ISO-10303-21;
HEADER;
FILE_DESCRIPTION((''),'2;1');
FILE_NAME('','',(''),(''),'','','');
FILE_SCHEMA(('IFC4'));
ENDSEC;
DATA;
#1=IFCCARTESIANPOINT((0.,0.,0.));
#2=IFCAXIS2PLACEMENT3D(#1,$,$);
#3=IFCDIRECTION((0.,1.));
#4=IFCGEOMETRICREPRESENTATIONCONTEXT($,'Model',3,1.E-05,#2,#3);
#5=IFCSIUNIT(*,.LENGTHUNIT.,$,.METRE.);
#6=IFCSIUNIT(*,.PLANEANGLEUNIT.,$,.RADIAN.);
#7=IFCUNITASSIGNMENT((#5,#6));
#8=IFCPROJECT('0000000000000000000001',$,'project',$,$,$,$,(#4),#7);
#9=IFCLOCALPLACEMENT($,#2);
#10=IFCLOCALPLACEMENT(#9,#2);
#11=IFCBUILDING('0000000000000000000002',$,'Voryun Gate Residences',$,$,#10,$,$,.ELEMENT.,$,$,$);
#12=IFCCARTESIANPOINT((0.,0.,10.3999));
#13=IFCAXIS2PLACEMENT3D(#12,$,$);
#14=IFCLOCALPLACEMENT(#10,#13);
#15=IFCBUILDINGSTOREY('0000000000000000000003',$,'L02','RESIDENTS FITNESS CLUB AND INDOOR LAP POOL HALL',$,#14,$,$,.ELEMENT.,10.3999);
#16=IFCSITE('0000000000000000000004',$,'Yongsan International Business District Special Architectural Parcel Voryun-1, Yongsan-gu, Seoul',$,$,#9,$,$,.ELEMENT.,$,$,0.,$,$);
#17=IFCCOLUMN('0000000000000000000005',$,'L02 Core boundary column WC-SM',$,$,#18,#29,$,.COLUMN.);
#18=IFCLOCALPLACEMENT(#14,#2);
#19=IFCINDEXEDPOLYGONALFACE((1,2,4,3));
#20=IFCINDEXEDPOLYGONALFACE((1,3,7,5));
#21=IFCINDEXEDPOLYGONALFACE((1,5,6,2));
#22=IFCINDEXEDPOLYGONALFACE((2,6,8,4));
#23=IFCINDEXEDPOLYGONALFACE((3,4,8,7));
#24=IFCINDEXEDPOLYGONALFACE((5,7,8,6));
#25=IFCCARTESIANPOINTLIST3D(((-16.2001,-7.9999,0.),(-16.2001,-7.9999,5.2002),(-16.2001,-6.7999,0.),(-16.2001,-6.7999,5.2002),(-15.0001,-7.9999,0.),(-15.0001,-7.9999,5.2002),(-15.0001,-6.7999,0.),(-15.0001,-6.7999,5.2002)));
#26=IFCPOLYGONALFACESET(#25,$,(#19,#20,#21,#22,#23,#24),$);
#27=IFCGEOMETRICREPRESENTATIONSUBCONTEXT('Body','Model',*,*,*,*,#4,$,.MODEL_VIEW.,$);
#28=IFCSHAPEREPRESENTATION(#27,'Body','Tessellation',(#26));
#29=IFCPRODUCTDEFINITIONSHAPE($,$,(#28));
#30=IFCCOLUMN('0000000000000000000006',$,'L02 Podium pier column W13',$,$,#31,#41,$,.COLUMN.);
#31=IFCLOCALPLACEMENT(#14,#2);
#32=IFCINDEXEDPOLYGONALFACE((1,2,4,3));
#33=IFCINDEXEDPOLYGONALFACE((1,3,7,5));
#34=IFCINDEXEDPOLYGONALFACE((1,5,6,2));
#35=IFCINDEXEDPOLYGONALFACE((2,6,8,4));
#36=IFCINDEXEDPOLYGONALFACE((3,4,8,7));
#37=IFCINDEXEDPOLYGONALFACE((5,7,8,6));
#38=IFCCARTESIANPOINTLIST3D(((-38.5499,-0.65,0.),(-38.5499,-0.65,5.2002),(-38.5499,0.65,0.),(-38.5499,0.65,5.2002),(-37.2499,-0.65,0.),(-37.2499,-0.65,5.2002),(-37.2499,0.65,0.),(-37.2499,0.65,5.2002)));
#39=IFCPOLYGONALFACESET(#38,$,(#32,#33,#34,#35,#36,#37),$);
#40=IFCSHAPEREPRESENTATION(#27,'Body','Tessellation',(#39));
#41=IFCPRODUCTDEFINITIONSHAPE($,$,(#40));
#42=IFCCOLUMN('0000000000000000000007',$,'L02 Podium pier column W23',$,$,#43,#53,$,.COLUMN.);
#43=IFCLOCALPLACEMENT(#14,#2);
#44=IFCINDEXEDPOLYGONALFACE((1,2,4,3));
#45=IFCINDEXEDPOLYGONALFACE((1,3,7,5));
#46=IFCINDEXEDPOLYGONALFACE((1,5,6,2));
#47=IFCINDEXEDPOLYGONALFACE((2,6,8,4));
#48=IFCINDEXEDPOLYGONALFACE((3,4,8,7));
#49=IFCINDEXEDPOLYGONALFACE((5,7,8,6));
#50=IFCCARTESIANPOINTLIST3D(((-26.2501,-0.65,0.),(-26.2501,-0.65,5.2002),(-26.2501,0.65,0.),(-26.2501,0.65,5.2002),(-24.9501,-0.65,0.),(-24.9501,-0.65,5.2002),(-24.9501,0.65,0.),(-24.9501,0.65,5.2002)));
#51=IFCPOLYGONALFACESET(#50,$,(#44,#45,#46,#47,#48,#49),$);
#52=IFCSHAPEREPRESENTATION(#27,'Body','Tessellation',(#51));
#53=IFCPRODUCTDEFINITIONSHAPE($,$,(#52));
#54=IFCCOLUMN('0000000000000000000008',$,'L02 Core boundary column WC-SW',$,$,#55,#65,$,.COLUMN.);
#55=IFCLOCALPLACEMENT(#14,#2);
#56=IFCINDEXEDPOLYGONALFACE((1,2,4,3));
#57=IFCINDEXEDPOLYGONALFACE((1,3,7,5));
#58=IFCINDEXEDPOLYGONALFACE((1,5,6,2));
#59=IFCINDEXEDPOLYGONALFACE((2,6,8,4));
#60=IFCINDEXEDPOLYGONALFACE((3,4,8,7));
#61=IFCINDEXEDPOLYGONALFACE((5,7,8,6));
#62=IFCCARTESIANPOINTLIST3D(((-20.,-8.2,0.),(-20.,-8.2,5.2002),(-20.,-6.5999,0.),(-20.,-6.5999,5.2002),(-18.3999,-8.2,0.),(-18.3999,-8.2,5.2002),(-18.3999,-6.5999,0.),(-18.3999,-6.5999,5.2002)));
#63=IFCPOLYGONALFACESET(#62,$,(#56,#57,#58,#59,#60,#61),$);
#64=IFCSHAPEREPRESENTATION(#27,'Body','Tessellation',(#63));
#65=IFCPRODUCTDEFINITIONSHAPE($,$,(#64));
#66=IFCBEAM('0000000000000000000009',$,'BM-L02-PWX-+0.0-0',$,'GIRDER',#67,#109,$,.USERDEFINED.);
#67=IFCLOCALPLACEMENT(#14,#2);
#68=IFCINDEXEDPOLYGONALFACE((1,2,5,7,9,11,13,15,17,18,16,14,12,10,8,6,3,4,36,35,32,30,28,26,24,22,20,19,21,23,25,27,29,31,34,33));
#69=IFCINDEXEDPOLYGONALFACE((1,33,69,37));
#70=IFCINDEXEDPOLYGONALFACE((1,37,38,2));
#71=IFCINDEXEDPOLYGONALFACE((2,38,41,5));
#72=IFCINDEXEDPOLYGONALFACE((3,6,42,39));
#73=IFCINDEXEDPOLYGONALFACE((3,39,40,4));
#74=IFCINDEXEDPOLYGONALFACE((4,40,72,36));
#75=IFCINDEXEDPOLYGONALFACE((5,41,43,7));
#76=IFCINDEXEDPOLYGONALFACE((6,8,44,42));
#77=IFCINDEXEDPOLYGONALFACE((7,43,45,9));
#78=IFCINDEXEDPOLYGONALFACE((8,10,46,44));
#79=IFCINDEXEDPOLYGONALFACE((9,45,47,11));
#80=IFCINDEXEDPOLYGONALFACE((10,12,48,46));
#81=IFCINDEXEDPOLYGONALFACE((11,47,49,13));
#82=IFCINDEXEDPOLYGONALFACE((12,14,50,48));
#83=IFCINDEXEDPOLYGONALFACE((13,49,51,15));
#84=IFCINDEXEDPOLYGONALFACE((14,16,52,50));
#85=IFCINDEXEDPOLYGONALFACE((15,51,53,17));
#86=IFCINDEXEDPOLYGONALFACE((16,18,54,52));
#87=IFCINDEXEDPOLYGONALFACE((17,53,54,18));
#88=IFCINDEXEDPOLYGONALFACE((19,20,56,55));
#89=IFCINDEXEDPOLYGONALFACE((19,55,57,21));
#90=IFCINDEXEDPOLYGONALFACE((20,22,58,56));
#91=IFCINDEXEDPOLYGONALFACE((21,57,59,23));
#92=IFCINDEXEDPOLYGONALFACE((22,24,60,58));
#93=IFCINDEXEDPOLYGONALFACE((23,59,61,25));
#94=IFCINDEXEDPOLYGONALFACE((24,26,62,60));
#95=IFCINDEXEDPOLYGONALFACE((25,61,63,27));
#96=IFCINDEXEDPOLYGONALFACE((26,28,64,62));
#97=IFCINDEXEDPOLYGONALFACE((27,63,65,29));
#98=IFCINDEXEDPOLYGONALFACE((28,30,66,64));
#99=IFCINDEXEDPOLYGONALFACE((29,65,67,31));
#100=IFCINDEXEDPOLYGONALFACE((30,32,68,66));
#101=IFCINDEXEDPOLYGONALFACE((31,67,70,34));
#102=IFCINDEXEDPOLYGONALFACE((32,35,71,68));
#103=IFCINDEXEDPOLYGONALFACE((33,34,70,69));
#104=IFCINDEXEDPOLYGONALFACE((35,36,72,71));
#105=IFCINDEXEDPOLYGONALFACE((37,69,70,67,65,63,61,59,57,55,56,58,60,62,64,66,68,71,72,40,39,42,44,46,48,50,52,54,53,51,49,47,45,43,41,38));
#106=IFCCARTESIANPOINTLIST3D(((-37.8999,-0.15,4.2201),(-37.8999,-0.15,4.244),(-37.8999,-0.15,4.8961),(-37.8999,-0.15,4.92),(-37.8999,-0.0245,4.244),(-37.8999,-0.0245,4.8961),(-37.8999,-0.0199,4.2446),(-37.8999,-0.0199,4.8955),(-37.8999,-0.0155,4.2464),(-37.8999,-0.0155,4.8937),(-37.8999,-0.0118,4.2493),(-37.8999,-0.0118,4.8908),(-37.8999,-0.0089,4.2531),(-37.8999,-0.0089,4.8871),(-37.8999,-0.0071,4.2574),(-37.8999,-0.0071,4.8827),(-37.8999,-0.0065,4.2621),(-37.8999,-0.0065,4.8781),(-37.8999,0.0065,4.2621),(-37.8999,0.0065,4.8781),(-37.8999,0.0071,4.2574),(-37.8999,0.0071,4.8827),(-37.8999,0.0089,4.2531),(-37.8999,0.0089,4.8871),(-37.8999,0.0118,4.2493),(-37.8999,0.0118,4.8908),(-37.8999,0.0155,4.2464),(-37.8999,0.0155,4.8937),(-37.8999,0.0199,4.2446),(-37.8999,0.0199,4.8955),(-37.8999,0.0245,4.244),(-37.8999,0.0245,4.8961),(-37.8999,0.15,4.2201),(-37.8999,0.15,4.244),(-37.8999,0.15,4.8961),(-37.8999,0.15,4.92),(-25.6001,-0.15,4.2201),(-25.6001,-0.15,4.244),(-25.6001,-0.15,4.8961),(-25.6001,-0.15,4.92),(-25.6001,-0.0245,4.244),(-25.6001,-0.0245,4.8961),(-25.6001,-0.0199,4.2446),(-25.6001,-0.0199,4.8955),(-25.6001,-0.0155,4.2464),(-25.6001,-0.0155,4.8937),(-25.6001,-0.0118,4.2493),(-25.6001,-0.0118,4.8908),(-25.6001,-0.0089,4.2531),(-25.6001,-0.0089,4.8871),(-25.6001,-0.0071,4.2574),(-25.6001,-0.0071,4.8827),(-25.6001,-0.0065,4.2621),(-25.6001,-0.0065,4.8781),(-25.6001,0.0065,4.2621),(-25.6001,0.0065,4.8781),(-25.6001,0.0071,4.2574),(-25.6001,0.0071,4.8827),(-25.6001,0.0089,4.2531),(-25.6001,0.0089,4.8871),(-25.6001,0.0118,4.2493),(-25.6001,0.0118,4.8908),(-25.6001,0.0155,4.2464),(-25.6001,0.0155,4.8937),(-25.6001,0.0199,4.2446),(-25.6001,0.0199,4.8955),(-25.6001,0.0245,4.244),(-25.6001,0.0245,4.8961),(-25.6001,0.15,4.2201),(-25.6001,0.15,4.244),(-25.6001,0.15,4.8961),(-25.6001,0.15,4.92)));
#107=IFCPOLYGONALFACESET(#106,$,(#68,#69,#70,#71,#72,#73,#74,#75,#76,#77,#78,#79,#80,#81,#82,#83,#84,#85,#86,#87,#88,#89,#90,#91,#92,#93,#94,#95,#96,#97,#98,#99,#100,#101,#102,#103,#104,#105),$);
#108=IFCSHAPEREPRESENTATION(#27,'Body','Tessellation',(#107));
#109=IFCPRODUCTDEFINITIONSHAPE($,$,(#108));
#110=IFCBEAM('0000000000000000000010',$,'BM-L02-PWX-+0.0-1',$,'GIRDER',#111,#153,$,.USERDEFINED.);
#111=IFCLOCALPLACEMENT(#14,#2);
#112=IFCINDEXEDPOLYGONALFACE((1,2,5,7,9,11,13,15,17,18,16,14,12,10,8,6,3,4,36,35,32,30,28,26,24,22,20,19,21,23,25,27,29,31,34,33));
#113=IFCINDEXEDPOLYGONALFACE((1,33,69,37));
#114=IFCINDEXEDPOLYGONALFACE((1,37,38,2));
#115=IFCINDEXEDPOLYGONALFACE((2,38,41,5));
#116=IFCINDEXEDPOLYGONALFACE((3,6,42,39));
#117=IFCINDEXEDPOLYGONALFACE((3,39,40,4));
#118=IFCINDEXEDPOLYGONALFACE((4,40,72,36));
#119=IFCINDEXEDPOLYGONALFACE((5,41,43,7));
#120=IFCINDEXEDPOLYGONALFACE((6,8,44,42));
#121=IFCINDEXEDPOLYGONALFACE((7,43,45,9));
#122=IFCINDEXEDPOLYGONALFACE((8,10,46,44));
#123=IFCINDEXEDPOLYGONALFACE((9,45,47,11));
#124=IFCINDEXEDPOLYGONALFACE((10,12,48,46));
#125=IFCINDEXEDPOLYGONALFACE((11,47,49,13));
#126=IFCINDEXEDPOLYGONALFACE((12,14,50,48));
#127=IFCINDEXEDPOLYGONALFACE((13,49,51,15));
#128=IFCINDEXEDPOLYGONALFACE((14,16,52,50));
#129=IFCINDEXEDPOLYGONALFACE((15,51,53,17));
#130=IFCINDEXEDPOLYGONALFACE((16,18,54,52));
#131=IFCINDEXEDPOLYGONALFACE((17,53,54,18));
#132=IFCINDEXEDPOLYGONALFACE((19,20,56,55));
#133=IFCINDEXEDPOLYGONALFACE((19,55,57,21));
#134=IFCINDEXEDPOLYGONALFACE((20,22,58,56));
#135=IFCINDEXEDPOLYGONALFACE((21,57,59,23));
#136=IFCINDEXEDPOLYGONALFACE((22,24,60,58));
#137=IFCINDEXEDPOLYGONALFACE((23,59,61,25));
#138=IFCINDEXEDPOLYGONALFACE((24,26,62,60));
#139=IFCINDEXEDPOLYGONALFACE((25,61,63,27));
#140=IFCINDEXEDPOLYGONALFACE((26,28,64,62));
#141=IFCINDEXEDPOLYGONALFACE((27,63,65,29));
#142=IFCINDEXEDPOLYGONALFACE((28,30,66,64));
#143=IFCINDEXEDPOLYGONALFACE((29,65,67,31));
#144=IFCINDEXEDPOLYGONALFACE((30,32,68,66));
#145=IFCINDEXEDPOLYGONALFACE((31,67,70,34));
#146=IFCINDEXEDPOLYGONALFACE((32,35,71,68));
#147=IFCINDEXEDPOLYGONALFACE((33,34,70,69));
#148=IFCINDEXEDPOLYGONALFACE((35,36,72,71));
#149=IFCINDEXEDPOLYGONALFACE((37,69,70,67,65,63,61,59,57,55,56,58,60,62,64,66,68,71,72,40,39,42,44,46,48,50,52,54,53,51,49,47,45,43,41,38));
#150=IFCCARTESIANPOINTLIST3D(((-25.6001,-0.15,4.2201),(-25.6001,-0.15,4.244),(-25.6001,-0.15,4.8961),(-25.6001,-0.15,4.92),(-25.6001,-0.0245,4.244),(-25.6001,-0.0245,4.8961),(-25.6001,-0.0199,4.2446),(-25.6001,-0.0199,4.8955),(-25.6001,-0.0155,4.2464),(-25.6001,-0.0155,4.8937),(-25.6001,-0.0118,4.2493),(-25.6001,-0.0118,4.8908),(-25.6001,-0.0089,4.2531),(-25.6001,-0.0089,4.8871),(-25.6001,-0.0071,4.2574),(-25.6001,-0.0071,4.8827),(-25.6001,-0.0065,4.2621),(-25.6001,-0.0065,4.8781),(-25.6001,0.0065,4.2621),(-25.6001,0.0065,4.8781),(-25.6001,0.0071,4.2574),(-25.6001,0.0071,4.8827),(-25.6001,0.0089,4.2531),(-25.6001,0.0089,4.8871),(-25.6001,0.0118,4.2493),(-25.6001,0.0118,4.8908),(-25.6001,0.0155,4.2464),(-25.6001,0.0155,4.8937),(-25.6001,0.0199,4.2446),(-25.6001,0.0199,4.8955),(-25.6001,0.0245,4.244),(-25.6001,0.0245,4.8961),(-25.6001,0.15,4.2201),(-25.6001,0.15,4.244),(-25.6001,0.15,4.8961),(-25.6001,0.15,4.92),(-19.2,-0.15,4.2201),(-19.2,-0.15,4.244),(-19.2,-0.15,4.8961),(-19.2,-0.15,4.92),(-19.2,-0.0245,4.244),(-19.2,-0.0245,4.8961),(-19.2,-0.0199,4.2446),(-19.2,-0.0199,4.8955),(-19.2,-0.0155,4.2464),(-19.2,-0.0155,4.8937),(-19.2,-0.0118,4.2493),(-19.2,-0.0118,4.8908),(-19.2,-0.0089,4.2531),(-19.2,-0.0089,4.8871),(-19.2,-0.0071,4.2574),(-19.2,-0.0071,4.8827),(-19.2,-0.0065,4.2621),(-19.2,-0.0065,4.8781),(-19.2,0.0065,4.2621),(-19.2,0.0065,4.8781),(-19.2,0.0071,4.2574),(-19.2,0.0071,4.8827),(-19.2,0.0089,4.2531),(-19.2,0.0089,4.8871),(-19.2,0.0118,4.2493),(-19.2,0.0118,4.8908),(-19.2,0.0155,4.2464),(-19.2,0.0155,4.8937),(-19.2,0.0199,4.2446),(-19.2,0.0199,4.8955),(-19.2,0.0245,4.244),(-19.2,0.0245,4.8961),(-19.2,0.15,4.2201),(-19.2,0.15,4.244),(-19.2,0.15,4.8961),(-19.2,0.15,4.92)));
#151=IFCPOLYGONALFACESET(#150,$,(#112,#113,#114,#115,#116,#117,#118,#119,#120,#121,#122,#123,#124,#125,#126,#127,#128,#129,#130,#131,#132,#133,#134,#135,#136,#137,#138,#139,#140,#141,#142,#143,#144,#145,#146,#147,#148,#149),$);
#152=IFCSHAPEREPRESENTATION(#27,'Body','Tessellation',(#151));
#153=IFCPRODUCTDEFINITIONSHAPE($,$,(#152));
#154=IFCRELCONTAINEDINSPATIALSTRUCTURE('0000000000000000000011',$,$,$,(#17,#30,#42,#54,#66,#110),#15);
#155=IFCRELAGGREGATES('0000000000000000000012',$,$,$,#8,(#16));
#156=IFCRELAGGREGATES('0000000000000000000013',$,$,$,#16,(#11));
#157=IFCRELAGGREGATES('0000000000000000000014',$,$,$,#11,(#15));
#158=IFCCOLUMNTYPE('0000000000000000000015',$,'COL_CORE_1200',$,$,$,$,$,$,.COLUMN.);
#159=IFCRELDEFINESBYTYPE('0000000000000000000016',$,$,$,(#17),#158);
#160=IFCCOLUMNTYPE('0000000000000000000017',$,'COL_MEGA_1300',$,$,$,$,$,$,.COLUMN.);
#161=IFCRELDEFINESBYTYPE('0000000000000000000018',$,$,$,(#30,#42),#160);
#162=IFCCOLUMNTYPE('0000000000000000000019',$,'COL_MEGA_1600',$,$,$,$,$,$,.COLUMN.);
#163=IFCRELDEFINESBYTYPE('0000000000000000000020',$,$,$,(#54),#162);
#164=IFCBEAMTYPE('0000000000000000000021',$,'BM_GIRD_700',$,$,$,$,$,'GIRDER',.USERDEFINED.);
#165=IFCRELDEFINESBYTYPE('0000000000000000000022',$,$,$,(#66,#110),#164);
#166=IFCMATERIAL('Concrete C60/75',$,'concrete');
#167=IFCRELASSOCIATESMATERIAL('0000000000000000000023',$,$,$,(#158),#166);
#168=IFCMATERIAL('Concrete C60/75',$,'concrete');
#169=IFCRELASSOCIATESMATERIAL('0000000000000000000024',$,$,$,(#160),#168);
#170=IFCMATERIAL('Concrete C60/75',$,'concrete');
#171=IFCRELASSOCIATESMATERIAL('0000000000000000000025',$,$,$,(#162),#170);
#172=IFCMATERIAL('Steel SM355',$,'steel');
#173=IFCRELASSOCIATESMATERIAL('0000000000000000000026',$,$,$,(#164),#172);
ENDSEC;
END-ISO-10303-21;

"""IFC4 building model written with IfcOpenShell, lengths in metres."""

from ifc_helpers import new_model, si_unit, direction, frame, origin, origin_2d, place, context, subcontext, project, spatial, rectangle, i_section, extrude, material, material_profile, profile_set, type_object, element, save


model = new_model("IFC4")

# Units and contexts
model_context = context("Model", 3, precision=1e-05, world=origin(), true_north=direction((0.0, 1.0)))
body_context = subcontext(model_context, "Body", "Model", "MODEL_VIEW")
ifc_project = project(units=[si_unit("LENGTHUNIT", "METRE"), si_unit("PLANEANGLEUNIT", "RADIAN")], contexts=[model_context])

# Site, building, storey
site_placement = place(None, origin())
site = spatial("IfcSite", under=ifc_project, at=site_placement, Name="Yongsan International Business District Special Architectural Parcel Voryun-1, Yongsan-gu, Seoul", CompositionType="ELEMENT", RefElevation=0.0)
building_placement = place(site_placement, origin())
building = spatial("IfcBuilding", under=site, at=building_placement, Name="Voryun Gate Residences", CompositionType="ELEMENT")
storey_placement = place(building_placement, frame((0.0, 0.0, 10.3999)))
storey = spatial("IfcBuildingStorey", under=building, at=storey_placement, Name="L02", Description="RESIDENTS FITNESS CLUB AND INDOOR LAP POOL HALL", CompositionType="ELEMENT", Elevation=10.3999)

# Columns
ifc_material_1 = material(Name="Concrete C60/75", Category="concrete")
ifc_material_profile_1 = material_profile(ifc_material_1, rectangle(XDim=1.2, YDim=1.2, at=origin_2d()), Name="RC-1200x1200")
ifc_profile_set_1 = profile_set([ifc_material_profile_1], Name="Concrete C60/75")
column_type_1 = type_object("IfcColumnType", Name="COL_CORE_1200", PredefinedType="COLUMN", material=ifc_profile_set_1)
column_1_placement = place(storey_placement, frame((-15.6001, -7.3999, 0.0), z_axis=(0.0, 0.0, 1.0), x_axis=(1.0, 0.0, 0.0)))
element("IfcColumn", 1, at=column_1_placement, inside=storey, type_object=column_type_1, Name="L02 Core boundary column WC-SM", PredefinedType="COLUMN", context=body_context, shape_type="SweptSolid", body=[
    extrude(rectangle(XDim=1.2, YDim=1.2, at=origin_2d()), origin(), (0.0, 0.0, 1.0), 5.2002),
])
ifc_material_2 = material(Name="Concrete C60/75", Category="concrete")
ifc_material_profile_2 = material_profile(ifc_material_2, rectangle(XDim=1.3, YDim=1.3, at=origin_2d()), Name="RC-1300x1300")
ifc_profile_set_2 = profile_set([ifc_material_profile_2], Name="Concrete C60/75")
column_type_2 = type_object("IfcColumnType", Name="COL_MEGA_1300", PredefinedType="COLUMN", material=ifc_profile_set_2)
for number, where, z_axis, x_axis, name in (
    (2, (-37.8999, 0.0, 0.0), (0.0, 0.0, 1.0), (1.0, 0.0, 0.0), "L02 Podium pier column W13"),
    (3, (-25.6001, 0.0, 0.0), (0.0, 0.0, 1.0), (1.0, 0.0, 0.0), "L02 Podium pier column W23"),
):
    element("IfcColumn", number, at=place(storey_placement, frame(where, z_axis=z_axis, x_axis=x_axis)), inside=storey, type_object=column_type_2, Name=name, PredefinedType="COLUMN", context=body_context, shape_type="SweptSolid", body=[
        extrude(rectangle(XDim=1.3, YDim=1.3, at=origin_2d()), origin(), (0.0, 0.0, 1.0), 5.2002),
    ])
ifc_material_3 = material(Name="Concrete C60/75", Category="concrete")
ifc_material_profile_3 = material_profile(ifc_material_3, rectangle(XDim=1.6001, YDim=1.6001, at=origin_2d()), Name="RC-1600x1600")
ifc_profile_set_3 = profile_set([ifc_material_profile_3], Name="Concrete C60/75")
column_type_3 = type_object("IfcColumnType", Name="COL_MEGA_1600", PredefinedType="COLUMN", material=ifc_profile_set_3)
column_2_placement = place(storey_placement, frame((-19.2, -7.3999, 0.0), z_axis=(0.0, 0.0, 1.0), x_axis=(1.0, 0.0, 0.0)))
element("IfcColumn", 4, at=column_2_placement, inside=storey, type_object=column_type_3, Name="L02 Core boundary column WC-SW", PredefinedType="COLUMN", context=body_context, shape_type="SweptSolid", body=[
    extrude(rectangle(XDim=1.6001, YDim=1.6001, at=origin_2d()), origin(), (0.0, 0.0, 1.0), 5.2002),
])

# Beams
ifc_material_4 = material(Name="Steel SM355", Category="steel")
ifc_material_profile_4 = material_profile(ifc_material_4, i_section(OverallWidth=0.3, OverallDepth=0.7, WebThickness=0.0129, FlangeThickness=0.0239, FilletRadius=0.0181, at=origin_2d()), Name="H-700x300x13x24")
ifc_profile_set_4 = profile_set([ifc_material_profile_4], Name="Steel SM355")
beam_type = type_object("IfcBeamType", Name="BM_GIRD_700", ElementType="GIRDER", PredefinedType="USERDEFINED", material=ifc_profile_set_4)
beam_1_placement = place(storey_placement, frame((-37.8999, 0.0, 4.5701), z_axis=(1.0, 0.0, 0.0), x_axis=(0.0, 1.0, 0.0)))
element("IfcBeam", 5, at=beam_1_placement, inside=storey, type_object=beam_type, Name="BM-L02-PWX-+0.0-0", ObjectType="GIRDER", PredefinedType="USERDEFINED", context=body_context, shape_type="SweptSolid", body=[
    extrude(i_section(OverallWidth=0.3, OverallDepth=0.7, WebThickness=0.0129, FlangeThickness=0.0239, FilletRadius=0.0181, at=origin_2d()), origin(), (0.0, 0.0, 1.0), 12.2998),
])
beam_2_placement = place(storey_placement, frame((-25.6001, 0.0, 4.5701), z_axis=(1.0, 0.0, 0.0), x_axis=(0.0, 1.0, 0.0)))
element("IfcBeam", 6, at=beam_2_placement, inside=storey, type_object=beam_type, Name="BM-L02-PWX-+0.0-1", ObjectType="GIRDER", PredefinedType="USERDEFINED", context=body_context, shape_type="SweptSolid", body=[
    extrude(i_section(OverallWidth=0.3, OverallDepth=0.7, WebThickness=0.0129, FlangeThickness=0.0239, FilletRadius=0.0181, at=origin_2d()), origin(), (0.0, 0.0, 1.0), 6.4001),
])

save(model, "model.ifc")
